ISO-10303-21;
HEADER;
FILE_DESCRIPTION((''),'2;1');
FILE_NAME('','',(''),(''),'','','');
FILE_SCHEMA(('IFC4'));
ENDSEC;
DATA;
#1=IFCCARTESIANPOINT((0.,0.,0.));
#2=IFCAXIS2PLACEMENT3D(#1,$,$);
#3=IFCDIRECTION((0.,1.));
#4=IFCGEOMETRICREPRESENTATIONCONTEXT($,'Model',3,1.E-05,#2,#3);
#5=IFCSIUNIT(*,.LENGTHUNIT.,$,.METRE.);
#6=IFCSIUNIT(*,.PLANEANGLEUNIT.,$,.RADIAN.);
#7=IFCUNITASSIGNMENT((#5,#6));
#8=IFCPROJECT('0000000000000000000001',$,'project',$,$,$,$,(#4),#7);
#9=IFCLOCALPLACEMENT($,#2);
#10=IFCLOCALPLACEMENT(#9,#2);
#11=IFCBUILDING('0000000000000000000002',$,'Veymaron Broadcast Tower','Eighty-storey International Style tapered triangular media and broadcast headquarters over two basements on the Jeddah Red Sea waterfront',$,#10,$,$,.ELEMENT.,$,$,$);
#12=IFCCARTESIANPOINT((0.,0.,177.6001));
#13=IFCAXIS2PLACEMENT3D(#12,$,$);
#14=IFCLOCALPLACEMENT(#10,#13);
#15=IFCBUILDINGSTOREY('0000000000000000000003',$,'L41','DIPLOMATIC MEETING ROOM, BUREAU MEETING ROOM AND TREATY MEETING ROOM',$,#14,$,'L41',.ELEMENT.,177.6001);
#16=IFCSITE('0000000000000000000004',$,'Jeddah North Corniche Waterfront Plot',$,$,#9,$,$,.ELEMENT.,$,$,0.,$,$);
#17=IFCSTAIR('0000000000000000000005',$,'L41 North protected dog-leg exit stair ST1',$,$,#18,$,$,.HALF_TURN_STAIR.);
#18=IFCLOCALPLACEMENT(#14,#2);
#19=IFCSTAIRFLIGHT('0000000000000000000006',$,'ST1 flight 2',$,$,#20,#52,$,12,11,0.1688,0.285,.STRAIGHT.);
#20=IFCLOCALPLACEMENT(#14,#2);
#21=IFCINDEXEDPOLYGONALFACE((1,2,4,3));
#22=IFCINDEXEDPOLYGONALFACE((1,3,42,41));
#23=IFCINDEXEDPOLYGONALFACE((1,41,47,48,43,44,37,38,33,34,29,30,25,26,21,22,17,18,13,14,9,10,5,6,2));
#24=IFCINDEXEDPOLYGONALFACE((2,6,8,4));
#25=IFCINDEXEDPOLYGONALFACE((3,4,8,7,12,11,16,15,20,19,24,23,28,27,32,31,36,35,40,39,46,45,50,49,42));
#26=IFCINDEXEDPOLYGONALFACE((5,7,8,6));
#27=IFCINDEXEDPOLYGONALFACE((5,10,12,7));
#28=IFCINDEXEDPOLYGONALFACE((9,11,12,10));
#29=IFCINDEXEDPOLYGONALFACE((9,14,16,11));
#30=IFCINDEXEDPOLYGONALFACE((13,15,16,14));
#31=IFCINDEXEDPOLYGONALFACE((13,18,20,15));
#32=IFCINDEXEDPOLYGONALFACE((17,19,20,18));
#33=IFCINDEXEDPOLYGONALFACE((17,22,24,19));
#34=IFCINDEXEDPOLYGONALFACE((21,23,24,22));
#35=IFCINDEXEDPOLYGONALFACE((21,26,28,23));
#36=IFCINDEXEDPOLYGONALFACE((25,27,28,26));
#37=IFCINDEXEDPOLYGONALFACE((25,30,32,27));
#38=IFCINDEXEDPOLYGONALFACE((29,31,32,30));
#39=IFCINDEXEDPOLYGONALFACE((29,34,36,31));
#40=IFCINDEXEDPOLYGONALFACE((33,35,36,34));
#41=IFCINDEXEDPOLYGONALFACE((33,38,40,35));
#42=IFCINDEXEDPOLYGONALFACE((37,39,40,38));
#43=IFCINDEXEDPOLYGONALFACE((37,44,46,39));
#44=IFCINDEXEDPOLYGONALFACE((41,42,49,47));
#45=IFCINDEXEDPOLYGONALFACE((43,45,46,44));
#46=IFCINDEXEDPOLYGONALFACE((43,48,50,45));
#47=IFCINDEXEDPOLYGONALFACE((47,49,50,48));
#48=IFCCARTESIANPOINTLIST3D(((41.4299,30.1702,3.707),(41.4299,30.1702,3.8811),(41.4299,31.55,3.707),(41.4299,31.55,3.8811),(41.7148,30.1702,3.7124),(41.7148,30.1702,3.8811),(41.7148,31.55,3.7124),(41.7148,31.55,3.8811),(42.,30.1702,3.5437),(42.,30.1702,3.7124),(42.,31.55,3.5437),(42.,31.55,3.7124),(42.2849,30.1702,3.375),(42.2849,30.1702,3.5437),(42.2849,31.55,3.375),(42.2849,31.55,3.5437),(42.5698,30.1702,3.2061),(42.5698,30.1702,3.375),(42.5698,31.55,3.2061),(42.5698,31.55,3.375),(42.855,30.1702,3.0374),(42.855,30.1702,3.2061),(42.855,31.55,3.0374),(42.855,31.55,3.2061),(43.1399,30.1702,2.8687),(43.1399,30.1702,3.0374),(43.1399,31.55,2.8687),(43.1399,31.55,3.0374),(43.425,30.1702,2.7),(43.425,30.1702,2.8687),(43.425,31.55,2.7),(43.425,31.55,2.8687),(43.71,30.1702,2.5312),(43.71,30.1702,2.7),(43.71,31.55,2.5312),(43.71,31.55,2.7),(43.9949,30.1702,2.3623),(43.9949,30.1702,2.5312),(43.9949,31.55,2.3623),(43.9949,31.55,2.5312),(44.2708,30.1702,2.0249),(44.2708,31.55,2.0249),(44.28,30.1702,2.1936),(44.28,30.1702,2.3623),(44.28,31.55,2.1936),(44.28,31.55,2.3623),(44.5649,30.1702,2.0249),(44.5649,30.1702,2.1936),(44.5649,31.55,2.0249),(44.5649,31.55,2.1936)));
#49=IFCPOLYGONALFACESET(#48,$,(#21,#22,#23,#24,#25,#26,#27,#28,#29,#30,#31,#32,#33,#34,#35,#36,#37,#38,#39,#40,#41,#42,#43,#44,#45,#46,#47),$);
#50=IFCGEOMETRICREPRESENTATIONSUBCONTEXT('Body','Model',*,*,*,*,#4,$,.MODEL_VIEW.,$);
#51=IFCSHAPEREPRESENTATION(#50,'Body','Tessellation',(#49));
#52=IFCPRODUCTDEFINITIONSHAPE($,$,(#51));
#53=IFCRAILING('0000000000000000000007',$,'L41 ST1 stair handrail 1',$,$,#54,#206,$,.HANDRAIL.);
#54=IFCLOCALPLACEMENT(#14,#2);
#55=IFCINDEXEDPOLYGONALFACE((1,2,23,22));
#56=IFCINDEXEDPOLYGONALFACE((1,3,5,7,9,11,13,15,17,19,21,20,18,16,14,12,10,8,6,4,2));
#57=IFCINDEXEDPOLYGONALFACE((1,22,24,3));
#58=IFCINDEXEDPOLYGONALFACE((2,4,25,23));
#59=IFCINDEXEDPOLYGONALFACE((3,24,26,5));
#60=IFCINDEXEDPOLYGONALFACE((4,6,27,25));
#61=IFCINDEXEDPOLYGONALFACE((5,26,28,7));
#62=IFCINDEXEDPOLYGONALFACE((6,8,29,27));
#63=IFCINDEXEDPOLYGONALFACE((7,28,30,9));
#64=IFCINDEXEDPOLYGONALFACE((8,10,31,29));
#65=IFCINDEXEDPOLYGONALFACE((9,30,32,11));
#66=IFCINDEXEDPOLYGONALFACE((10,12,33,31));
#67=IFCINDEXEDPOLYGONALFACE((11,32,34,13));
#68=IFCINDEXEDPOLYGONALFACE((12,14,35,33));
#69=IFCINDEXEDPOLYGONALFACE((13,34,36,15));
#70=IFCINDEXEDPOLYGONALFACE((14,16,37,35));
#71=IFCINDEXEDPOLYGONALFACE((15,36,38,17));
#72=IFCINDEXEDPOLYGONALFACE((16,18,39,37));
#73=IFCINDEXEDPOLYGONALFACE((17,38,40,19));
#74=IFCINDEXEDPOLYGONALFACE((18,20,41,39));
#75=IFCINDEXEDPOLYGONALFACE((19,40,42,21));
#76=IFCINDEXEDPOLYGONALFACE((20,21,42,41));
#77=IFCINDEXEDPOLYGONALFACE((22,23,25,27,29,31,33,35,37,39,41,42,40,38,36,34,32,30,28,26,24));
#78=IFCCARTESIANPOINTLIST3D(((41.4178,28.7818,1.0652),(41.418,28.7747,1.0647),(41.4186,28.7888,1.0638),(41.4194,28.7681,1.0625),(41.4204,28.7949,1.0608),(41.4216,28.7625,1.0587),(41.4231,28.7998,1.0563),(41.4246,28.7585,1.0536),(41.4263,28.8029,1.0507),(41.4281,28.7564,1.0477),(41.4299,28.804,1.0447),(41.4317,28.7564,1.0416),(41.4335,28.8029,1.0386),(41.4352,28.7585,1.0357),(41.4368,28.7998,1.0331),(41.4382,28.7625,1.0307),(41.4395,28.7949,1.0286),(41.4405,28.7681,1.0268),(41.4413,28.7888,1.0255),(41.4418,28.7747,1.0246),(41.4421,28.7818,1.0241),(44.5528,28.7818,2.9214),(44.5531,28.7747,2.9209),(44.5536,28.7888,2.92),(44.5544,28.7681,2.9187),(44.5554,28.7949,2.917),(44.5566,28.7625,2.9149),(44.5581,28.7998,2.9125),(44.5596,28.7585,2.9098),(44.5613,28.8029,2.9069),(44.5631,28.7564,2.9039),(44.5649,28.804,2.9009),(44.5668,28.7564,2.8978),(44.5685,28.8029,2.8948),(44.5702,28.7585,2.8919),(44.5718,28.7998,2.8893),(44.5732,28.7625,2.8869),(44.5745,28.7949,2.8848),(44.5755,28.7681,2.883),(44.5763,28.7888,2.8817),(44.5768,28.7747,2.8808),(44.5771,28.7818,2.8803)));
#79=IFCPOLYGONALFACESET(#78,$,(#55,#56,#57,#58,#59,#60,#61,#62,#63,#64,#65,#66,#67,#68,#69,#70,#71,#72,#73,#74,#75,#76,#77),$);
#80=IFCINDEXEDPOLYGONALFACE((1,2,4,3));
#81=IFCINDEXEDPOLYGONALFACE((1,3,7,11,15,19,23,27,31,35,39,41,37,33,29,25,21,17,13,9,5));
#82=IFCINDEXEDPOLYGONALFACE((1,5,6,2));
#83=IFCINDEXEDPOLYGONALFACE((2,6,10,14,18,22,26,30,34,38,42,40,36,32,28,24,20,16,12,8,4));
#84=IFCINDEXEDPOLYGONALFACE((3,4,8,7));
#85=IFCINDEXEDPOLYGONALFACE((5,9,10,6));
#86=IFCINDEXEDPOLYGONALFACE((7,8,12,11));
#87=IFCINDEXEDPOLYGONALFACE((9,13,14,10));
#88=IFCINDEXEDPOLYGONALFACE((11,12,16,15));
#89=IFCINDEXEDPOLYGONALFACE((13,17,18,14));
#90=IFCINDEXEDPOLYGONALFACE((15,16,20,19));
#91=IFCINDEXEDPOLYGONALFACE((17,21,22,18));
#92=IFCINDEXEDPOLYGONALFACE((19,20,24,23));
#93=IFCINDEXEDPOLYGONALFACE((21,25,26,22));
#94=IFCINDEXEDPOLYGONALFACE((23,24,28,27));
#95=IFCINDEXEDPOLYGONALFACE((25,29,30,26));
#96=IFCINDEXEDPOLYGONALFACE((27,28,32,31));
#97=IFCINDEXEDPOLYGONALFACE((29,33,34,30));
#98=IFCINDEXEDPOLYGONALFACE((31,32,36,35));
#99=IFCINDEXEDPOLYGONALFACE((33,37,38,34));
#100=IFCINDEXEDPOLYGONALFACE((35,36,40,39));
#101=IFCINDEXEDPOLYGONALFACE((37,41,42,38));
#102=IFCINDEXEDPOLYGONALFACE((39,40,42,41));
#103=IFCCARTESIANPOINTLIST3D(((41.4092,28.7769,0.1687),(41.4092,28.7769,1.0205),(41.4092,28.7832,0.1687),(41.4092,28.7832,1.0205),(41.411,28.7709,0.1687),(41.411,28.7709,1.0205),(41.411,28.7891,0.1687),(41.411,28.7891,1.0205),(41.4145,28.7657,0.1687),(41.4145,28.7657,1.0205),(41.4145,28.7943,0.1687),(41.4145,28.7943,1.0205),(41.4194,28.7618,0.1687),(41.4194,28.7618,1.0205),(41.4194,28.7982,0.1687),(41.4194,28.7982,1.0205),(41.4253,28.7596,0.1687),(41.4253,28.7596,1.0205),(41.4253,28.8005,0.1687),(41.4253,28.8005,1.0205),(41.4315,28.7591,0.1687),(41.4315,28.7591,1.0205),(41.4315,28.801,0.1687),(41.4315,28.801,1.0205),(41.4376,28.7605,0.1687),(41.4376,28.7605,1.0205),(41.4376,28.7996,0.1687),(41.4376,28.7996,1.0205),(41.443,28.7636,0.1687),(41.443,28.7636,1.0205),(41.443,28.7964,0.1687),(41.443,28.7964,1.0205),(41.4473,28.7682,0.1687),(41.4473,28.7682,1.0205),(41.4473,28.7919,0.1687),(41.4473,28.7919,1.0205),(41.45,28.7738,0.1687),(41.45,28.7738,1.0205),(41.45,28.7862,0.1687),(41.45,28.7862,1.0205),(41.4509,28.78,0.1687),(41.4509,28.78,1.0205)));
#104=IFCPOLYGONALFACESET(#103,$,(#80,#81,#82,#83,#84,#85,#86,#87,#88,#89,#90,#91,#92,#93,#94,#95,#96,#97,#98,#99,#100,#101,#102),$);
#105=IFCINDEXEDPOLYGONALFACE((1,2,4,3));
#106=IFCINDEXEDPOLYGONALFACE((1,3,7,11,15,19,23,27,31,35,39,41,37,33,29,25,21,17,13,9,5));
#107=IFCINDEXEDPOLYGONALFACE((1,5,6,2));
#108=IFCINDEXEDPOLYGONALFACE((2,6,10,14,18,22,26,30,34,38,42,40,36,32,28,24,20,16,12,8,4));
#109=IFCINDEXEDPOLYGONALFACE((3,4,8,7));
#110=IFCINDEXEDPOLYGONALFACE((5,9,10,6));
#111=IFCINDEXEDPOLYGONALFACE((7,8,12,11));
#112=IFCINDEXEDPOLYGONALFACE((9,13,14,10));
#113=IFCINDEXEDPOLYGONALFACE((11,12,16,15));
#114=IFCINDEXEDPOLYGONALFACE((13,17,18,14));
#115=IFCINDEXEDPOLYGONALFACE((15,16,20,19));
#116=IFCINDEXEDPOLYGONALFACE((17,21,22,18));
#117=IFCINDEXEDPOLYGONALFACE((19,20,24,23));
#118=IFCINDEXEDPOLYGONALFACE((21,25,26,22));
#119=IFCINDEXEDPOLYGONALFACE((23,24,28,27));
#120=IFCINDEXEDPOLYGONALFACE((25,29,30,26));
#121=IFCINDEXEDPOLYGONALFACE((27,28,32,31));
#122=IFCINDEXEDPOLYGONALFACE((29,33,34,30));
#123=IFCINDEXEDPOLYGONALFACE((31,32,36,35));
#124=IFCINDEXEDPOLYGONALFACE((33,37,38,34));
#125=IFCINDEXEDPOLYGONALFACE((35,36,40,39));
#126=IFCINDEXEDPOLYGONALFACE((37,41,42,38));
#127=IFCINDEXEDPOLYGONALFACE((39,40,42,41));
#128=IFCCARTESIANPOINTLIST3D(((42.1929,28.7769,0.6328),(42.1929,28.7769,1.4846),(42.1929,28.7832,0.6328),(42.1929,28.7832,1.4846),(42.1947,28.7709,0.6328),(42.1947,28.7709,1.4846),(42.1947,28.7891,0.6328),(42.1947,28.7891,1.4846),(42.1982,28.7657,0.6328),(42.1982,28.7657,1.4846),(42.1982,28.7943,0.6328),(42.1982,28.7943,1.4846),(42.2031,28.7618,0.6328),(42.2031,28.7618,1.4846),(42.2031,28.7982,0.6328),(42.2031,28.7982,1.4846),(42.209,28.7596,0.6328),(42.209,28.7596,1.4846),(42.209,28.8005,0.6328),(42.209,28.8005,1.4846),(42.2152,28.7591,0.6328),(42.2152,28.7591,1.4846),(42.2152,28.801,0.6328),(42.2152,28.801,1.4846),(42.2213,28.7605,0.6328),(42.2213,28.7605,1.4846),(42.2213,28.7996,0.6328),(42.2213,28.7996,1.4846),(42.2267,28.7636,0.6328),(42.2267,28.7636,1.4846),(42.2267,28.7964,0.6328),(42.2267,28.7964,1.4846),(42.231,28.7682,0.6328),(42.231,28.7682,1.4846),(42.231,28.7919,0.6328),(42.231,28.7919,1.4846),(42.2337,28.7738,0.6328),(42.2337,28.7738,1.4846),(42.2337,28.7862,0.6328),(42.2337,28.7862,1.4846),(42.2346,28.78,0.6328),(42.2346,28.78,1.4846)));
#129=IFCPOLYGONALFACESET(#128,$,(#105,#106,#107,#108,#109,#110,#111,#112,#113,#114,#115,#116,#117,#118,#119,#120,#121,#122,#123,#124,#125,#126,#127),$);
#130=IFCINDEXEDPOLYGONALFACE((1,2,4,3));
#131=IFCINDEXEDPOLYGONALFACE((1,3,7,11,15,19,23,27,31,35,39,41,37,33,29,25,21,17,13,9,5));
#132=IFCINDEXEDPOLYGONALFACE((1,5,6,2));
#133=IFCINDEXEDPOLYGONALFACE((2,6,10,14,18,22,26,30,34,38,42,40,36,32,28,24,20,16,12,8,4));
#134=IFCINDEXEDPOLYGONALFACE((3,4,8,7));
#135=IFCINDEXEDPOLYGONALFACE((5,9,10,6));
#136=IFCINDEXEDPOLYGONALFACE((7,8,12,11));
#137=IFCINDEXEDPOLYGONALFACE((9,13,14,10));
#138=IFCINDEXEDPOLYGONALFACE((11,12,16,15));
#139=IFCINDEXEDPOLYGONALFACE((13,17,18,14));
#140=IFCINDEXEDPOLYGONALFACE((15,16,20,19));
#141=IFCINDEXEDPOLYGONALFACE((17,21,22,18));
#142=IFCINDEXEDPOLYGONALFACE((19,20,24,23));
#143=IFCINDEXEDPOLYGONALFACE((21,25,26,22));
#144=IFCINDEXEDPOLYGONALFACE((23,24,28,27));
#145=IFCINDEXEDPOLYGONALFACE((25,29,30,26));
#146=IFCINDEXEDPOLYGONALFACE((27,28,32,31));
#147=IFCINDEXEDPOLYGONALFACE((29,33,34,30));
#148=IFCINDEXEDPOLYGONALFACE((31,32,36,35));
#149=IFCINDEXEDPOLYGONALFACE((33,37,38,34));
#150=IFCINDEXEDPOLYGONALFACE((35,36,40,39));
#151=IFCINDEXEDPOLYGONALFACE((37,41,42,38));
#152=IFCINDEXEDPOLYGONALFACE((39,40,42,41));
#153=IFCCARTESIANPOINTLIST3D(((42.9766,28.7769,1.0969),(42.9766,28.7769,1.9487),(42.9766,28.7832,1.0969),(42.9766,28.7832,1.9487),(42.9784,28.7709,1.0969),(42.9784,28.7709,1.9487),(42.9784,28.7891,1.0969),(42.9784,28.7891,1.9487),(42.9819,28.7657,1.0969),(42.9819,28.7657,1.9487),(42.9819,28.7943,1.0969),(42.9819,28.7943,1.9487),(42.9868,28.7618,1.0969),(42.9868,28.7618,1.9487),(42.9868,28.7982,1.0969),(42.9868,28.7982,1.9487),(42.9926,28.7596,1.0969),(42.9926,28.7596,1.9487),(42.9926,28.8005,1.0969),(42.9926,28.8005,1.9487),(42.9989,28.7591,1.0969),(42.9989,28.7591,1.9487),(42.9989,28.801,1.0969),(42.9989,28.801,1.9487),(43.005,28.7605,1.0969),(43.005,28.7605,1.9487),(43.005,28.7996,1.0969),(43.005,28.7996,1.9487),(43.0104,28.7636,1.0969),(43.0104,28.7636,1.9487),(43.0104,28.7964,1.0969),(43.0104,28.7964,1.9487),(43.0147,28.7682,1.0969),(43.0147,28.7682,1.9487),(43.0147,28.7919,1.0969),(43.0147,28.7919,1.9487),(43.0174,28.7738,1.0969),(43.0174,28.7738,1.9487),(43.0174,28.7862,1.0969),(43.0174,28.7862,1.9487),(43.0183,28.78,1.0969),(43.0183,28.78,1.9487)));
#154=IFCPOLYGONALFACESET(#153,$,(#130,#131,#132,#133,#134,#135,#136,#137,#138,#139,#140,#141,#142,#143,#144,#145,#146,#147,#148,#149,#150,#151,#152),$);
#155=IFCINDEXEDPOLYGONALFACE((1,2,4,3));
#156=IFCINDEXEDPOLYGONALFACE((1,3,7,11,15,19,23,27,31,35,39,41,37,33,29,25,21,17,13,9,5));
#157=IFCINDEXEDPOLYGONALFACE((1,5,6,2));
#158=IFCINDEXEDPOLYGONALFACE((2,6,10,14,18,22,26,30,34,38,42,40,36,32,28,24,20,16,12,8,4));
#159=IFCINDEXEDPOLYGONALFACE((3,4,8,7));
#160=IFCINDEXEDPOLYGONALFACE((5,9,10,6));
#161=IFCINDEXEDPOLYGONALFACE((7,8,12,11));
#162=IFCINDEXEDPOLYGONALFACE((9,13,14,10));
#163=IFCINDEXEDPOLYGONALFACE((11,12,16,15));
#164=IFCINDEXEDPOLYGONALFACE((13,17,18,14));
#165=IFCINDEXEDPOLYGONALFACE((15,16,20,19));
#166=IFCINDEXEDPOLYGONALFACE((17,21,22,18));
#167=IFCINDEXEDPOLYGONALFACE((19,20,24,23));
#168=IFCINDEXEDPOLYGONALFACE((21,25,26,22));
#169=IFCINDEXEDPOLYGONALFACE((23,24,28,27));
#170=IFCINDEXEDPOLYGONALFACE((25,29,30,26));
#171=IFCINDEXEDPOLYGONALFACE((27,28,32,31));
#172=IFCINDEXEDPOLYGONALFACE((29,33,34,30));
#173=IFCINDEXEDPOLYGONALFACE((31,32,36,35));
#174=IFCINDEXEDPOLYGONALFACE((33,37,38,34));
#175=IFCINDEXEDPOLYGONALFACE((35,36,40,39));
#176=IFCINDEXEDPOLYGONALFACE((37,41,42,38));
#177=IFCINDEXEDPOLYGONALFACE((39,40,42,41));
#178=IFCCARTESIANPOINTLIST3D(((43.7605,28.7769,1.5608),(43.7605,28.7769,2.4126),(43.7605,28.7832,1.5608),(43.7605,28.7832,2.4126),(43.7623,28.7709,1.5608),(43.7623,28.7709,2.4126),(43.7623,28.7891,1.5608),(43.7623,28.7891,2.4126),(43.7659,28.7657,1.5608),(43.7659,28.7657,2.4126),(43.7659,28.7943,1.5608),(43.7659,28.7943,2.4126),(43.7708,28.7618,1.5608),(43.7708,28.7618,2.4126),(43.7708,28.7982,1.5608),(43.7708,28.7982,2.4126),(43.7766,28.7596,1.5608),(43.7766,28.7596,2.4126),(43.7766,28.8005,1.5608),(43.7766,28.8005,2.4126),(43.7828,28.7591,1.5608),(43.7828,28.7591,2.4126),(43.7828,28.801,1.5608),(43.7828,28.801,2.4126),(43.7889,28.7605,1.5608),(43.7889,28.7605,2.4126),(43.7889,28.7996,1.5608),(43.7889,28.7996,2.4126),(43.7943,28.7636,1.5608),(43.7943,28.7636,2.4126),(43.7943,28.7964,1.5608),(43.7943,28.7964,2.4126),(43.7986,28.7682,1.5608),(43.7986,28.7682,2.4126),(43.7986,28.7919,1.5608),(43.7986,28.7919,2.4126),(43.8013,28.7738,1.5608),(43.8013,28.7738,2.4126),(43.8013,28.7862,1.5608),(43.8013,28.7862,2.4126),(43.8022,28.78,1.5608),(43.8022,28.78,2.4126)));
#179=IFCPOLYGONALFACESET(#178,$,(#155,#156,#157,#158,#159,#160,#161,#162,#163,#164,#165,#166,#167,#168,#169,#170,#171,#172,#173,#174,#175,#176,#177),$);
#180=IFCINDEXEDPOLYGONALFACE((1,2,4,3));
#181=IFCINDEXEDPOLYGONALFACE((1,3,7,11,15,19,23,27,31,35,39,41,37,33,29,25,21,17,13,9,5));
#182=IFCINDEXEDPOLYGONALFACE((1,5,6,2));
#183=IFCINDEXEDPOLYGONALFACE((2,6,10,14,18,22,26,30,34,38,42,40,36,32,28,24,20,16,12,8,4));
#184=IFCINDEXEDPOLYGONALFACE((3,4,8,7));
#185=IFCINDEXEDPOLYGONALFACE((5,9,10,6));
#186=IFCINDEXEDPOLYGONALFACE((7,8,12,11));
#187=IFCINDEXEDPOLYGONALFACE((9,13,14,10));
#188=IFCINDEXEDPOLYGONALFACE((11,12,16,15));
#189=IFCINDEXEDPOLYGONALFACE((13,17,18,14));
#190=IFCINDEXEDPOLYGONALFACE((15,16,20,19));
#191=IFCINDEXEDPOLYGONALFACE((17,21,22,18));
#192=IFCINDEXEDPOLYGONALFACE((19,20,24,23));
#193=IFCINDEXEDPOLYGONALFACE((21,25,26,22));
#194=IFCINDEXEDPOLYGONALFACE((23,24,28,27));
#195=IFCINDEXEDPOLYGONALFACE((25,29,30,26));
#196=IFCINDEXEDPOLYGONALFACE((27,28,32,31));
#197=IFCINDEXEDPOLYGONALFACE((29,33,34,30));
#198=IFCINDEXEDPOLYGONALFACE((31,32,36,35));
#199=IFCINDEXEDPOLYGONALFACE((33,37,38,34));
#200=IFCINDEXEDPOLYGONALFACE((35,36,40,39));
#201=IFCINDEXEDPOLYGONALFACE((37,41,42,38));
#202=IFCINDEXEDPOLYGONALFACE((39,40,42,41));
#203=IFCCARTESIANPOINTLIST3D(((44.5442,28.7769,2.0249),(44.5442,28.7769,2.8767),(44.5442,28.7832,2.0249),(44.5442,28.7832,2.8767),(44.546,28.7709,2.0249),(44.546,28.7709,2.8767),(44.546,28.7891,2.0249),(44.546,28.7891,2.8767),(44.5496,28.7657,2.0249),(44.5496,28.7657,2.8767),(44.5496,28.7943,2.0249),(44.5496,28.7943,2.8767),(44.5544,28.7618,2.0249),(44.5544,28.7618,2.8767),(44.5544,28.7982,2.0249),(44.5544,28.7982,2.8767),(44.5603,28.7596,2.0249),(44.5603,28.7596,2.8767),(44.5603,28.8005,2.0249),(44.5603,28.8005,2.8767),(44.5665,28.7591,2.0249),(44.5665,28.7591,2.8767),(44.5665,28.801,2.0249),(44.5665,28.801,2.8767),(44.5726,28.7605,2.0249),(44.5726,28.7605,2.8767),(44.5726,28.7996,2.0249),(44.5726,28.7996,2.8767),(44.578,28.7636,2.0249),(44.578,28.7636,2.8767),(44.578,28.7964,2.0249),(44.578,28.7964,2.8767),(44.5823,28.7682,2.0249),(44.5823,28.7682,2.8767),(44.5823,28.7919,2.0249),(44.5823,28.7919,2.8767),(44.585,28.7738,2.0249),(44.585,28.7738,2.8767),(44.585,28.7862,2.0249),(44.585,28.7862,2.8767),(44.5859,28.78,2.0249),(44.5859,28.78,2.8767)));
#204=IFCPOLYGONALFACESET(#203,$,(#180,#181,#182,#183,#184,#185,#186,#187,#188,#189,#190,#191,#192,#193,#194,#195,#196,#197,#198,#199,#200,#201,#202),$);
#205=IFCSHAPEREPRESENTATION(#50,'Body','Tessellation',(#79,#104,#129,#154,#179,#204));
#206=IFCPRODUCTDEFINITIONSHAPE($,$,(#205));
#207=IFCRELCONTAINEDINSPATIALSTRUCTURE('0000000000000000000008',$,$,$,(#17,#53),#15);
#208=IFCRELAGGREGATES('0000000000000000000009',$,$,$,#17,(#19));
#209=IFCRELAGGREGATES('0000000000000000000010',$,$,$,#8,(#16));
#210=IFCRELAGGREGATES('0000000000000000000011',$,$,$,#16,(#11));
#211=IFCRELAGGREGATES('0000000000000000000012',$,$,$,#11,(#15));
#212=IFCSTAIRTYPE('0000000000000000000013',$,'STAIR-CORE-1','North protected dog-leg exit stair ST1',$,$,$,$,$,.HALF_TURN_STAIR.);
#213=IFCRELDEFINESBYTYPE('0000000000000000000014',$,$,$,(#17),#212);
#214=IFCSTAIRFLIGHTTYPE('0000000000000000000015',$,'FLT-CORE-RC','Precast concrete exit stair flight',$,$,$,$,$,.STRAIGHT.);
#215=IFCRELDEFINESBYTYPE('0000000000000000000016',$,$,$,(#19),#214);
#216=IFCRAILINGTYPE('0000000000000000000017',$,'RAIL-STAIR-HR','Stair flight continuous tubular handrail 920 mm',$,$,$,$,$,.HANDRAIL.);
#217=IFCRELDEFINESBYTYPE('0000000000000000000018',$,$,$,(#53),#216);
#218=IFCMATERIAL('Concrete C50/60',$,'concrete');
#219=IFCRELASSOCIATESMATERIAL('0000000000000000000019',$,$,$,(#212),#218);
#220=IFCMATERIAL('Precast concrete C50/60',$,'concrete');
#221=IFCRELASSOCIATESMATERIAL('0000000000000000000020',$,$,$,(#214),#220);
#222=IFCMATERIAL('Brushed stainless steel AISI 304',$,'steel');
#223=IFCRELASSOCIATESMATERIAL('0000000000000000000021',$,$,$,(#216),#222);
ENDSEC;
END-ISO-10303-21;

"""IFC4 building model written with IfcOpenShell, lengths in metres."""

from ifc_helpers import new_model, si_unit, direction, frame, origin, origin_2d, place, context, subcontext, project, spatial, polyline, circle, outline, extrude, material, type_object, element, aggregate, save


model = new_model("IFC4")

# Units and contexts
model_context = context("Model", 3, precision=1e-05, world=origin(), true_north=direction((0.0, 1.0)))
body_context = subcontext(model_context, "Body", "Model", "MODEL_VIEW")
ifc_project = project(units=[si_unit("LENGTHUNIT", "METRE"), si_unit("PLANEANGLEUNIT", "RADIAN")], contexts=[model_context])

# Site, building, storey
site_placement = place(None, origin())
site = spatial("IfcSite", under=ifc_project, at=site_placement, Name="Jeddah North Corniche Waterfront Plot", CompositionType="ELEMENT", RefElevation=0.0)
building_placement = place(site_placement, origin())
building = spatial("IfcBuilding", under=site, at=building_placement, Name="Veymaron Broadcast Tower", Description="Eighty-storey International Style tapered triangular media and broadcast headquarters over two basements on the Jeddah Red Sea waterfront", CompositionType="ELEMENT")
storey_placement = place(building_placement, frame((0.0, 0.0, 177.6001)))
storey = spatial("IfcBuildingStorey", under=building, at=storey_placement, Name="L41", Description="DIPLOMATIC MEETING ROOM, BUREAU MEETING ROOM AND TREATY MEETING ROOM", LongName="L41", CompositionType="ELEMENT", Elevation=177.6001)

# Shared definitions
ifc_material_1 = material(Name="Brushed stainless steel AISI 304", Category="steel")

# Shared definitions
ifc_material_2 = material(Name="Concrete C50/60", Category="concrete")

# Stair, stair flight
stair_type = type_object("IfcStairType", Name="STAIR-CORE-1", Description="North protected dog-leg exit stair ST1", PredefinedType="HALF_TURN_STAIR", material=ifc_material_2)
stair_placement = place(storey_placement, origin())
stair = element("IfcStair", 1, at=stair_placement, inside=storey, type_object=stair_type, Name="L41 North protected dog-leg exit stair ST1", PredefinedType="HALF_TURN_STAIR")
ifc_material_3 = material(Name="Precast concrete C50/60", Category="concrete")
stair_flight_type = type_object("IfcStairFlightType", Name="FLT-CORE-RC", Description="Precast concrete exit stair flight", PredefinedType="STRAIGHT", material=ifc_material_3)
stair_flight_1_placement = place(storey_placement, frame((44.5649, 30.8601, 2.0249), z_axis=(0.0, 0.0, 1.0), x_axis=(-1.0, 0.0, 0.0)))
stair_flight_1 = element("IfcStairFlight", 2, at=stair_flight_1_placement, type_object=stair_flight_type, Name="ST1 flight 2", NumberOfRisers=12, NumberOfTreads=11, PredefinedType="STRAIGHT", RiserHeight=0.1688, TreadLength=0.285, context=body_context, shape_type="SweptSolid", body=[
    extrude(outline(polyline([(0.0, 0.0), (0.0, 0.1687), (0.2849, 0.1687), (0.2849, 0.3374), (0.5701, 0.3374), (0.5701, 0.5063), (0.855, 0.5063), (0.855, 0.675), (1.1399, 0.675), (1.1399, 0.8438), (1.425, 0.8438), (1.425, 1.0125), (1.71, 1.0125), (1.71, 1.1812), (1.9951, 1.1812), (1.9951, 1.3501), (2.28, 1.3501), (2.28, 1.5188), (2.5649, 1.5188), (2.5649, 1.6875), (2.8501, 1.6875), (2.8501, 1.8562), (3.135, 1.8562), (3.135, 2.0249), (3.135, 1.6821), (0.2942, 0.0), (0.0, 0.0)])), frame((0.0, 0.6899, 0.0), z_axis=(0.0, -1.0, 0.0), x_axis=(1.0, 0.0, 0.0)), (0.0, 0.0, 1.0), 1.3799),
])
aggregate(stair, [stair_flight_1])

# Railing
railing_type_1 = type_object("IfcRailingType", Name="RAIL-STAIR-HR", Description="Stair flight continuous tubular handrail 920 mm", PredefinedType="HANDRAIL", material=ifc_material_1)
railing_1_placement = place(storey_placement, frame((41.4299, 28.78, 0.1687)))
element("IfcRailing", 3, at=railing_1_placement, inside=storey, type_object=railing_type_1, Name="L41 ST1 stair handrail 1", PredefinedType="HANDRAIL", context=body_context, shape_type="SweptSolid", body=[
    extrude(circle(Radius=0.0239, at=origin_2d()), frame((0.0, 0.0, 0.876), z_axis=(0.860482, 0.0, 0.509481), x_axis=(0.0, 1.0, 0.0)), (0.0, 0.0, 1.0), 3.6433),
    extrude(circle(Radius=0.021, at=origin_2d()), origin(), (0.0, 0.0, 1.0), 0.8518),
    extrude(circle(Radius=0.021, at=origin_2d()), frame((0.7837, 0.0, 0.4641)), (0.0, 0.0, 1.0), 0.8518),
    extrude(circle(Radius=0.021, at=origin_2d()), frame((1.5674, 0.0, 0.9282)), (0.0, 0.0, 1.0), 0.8518),
    extrude(circle(Radius=0.021, at=origin_2d()), frame((2.3513, 0.0, 1.3921)), (0.0, 0.0, 1.0), 0.8518),
    extrude(circle(Radius=0.021, at=origin_2d()), frame((3.135, 0.0, 1.8562)), (0.0, 0.0, 1.0), 0.8518),
])

save(model, "model.ifc")
